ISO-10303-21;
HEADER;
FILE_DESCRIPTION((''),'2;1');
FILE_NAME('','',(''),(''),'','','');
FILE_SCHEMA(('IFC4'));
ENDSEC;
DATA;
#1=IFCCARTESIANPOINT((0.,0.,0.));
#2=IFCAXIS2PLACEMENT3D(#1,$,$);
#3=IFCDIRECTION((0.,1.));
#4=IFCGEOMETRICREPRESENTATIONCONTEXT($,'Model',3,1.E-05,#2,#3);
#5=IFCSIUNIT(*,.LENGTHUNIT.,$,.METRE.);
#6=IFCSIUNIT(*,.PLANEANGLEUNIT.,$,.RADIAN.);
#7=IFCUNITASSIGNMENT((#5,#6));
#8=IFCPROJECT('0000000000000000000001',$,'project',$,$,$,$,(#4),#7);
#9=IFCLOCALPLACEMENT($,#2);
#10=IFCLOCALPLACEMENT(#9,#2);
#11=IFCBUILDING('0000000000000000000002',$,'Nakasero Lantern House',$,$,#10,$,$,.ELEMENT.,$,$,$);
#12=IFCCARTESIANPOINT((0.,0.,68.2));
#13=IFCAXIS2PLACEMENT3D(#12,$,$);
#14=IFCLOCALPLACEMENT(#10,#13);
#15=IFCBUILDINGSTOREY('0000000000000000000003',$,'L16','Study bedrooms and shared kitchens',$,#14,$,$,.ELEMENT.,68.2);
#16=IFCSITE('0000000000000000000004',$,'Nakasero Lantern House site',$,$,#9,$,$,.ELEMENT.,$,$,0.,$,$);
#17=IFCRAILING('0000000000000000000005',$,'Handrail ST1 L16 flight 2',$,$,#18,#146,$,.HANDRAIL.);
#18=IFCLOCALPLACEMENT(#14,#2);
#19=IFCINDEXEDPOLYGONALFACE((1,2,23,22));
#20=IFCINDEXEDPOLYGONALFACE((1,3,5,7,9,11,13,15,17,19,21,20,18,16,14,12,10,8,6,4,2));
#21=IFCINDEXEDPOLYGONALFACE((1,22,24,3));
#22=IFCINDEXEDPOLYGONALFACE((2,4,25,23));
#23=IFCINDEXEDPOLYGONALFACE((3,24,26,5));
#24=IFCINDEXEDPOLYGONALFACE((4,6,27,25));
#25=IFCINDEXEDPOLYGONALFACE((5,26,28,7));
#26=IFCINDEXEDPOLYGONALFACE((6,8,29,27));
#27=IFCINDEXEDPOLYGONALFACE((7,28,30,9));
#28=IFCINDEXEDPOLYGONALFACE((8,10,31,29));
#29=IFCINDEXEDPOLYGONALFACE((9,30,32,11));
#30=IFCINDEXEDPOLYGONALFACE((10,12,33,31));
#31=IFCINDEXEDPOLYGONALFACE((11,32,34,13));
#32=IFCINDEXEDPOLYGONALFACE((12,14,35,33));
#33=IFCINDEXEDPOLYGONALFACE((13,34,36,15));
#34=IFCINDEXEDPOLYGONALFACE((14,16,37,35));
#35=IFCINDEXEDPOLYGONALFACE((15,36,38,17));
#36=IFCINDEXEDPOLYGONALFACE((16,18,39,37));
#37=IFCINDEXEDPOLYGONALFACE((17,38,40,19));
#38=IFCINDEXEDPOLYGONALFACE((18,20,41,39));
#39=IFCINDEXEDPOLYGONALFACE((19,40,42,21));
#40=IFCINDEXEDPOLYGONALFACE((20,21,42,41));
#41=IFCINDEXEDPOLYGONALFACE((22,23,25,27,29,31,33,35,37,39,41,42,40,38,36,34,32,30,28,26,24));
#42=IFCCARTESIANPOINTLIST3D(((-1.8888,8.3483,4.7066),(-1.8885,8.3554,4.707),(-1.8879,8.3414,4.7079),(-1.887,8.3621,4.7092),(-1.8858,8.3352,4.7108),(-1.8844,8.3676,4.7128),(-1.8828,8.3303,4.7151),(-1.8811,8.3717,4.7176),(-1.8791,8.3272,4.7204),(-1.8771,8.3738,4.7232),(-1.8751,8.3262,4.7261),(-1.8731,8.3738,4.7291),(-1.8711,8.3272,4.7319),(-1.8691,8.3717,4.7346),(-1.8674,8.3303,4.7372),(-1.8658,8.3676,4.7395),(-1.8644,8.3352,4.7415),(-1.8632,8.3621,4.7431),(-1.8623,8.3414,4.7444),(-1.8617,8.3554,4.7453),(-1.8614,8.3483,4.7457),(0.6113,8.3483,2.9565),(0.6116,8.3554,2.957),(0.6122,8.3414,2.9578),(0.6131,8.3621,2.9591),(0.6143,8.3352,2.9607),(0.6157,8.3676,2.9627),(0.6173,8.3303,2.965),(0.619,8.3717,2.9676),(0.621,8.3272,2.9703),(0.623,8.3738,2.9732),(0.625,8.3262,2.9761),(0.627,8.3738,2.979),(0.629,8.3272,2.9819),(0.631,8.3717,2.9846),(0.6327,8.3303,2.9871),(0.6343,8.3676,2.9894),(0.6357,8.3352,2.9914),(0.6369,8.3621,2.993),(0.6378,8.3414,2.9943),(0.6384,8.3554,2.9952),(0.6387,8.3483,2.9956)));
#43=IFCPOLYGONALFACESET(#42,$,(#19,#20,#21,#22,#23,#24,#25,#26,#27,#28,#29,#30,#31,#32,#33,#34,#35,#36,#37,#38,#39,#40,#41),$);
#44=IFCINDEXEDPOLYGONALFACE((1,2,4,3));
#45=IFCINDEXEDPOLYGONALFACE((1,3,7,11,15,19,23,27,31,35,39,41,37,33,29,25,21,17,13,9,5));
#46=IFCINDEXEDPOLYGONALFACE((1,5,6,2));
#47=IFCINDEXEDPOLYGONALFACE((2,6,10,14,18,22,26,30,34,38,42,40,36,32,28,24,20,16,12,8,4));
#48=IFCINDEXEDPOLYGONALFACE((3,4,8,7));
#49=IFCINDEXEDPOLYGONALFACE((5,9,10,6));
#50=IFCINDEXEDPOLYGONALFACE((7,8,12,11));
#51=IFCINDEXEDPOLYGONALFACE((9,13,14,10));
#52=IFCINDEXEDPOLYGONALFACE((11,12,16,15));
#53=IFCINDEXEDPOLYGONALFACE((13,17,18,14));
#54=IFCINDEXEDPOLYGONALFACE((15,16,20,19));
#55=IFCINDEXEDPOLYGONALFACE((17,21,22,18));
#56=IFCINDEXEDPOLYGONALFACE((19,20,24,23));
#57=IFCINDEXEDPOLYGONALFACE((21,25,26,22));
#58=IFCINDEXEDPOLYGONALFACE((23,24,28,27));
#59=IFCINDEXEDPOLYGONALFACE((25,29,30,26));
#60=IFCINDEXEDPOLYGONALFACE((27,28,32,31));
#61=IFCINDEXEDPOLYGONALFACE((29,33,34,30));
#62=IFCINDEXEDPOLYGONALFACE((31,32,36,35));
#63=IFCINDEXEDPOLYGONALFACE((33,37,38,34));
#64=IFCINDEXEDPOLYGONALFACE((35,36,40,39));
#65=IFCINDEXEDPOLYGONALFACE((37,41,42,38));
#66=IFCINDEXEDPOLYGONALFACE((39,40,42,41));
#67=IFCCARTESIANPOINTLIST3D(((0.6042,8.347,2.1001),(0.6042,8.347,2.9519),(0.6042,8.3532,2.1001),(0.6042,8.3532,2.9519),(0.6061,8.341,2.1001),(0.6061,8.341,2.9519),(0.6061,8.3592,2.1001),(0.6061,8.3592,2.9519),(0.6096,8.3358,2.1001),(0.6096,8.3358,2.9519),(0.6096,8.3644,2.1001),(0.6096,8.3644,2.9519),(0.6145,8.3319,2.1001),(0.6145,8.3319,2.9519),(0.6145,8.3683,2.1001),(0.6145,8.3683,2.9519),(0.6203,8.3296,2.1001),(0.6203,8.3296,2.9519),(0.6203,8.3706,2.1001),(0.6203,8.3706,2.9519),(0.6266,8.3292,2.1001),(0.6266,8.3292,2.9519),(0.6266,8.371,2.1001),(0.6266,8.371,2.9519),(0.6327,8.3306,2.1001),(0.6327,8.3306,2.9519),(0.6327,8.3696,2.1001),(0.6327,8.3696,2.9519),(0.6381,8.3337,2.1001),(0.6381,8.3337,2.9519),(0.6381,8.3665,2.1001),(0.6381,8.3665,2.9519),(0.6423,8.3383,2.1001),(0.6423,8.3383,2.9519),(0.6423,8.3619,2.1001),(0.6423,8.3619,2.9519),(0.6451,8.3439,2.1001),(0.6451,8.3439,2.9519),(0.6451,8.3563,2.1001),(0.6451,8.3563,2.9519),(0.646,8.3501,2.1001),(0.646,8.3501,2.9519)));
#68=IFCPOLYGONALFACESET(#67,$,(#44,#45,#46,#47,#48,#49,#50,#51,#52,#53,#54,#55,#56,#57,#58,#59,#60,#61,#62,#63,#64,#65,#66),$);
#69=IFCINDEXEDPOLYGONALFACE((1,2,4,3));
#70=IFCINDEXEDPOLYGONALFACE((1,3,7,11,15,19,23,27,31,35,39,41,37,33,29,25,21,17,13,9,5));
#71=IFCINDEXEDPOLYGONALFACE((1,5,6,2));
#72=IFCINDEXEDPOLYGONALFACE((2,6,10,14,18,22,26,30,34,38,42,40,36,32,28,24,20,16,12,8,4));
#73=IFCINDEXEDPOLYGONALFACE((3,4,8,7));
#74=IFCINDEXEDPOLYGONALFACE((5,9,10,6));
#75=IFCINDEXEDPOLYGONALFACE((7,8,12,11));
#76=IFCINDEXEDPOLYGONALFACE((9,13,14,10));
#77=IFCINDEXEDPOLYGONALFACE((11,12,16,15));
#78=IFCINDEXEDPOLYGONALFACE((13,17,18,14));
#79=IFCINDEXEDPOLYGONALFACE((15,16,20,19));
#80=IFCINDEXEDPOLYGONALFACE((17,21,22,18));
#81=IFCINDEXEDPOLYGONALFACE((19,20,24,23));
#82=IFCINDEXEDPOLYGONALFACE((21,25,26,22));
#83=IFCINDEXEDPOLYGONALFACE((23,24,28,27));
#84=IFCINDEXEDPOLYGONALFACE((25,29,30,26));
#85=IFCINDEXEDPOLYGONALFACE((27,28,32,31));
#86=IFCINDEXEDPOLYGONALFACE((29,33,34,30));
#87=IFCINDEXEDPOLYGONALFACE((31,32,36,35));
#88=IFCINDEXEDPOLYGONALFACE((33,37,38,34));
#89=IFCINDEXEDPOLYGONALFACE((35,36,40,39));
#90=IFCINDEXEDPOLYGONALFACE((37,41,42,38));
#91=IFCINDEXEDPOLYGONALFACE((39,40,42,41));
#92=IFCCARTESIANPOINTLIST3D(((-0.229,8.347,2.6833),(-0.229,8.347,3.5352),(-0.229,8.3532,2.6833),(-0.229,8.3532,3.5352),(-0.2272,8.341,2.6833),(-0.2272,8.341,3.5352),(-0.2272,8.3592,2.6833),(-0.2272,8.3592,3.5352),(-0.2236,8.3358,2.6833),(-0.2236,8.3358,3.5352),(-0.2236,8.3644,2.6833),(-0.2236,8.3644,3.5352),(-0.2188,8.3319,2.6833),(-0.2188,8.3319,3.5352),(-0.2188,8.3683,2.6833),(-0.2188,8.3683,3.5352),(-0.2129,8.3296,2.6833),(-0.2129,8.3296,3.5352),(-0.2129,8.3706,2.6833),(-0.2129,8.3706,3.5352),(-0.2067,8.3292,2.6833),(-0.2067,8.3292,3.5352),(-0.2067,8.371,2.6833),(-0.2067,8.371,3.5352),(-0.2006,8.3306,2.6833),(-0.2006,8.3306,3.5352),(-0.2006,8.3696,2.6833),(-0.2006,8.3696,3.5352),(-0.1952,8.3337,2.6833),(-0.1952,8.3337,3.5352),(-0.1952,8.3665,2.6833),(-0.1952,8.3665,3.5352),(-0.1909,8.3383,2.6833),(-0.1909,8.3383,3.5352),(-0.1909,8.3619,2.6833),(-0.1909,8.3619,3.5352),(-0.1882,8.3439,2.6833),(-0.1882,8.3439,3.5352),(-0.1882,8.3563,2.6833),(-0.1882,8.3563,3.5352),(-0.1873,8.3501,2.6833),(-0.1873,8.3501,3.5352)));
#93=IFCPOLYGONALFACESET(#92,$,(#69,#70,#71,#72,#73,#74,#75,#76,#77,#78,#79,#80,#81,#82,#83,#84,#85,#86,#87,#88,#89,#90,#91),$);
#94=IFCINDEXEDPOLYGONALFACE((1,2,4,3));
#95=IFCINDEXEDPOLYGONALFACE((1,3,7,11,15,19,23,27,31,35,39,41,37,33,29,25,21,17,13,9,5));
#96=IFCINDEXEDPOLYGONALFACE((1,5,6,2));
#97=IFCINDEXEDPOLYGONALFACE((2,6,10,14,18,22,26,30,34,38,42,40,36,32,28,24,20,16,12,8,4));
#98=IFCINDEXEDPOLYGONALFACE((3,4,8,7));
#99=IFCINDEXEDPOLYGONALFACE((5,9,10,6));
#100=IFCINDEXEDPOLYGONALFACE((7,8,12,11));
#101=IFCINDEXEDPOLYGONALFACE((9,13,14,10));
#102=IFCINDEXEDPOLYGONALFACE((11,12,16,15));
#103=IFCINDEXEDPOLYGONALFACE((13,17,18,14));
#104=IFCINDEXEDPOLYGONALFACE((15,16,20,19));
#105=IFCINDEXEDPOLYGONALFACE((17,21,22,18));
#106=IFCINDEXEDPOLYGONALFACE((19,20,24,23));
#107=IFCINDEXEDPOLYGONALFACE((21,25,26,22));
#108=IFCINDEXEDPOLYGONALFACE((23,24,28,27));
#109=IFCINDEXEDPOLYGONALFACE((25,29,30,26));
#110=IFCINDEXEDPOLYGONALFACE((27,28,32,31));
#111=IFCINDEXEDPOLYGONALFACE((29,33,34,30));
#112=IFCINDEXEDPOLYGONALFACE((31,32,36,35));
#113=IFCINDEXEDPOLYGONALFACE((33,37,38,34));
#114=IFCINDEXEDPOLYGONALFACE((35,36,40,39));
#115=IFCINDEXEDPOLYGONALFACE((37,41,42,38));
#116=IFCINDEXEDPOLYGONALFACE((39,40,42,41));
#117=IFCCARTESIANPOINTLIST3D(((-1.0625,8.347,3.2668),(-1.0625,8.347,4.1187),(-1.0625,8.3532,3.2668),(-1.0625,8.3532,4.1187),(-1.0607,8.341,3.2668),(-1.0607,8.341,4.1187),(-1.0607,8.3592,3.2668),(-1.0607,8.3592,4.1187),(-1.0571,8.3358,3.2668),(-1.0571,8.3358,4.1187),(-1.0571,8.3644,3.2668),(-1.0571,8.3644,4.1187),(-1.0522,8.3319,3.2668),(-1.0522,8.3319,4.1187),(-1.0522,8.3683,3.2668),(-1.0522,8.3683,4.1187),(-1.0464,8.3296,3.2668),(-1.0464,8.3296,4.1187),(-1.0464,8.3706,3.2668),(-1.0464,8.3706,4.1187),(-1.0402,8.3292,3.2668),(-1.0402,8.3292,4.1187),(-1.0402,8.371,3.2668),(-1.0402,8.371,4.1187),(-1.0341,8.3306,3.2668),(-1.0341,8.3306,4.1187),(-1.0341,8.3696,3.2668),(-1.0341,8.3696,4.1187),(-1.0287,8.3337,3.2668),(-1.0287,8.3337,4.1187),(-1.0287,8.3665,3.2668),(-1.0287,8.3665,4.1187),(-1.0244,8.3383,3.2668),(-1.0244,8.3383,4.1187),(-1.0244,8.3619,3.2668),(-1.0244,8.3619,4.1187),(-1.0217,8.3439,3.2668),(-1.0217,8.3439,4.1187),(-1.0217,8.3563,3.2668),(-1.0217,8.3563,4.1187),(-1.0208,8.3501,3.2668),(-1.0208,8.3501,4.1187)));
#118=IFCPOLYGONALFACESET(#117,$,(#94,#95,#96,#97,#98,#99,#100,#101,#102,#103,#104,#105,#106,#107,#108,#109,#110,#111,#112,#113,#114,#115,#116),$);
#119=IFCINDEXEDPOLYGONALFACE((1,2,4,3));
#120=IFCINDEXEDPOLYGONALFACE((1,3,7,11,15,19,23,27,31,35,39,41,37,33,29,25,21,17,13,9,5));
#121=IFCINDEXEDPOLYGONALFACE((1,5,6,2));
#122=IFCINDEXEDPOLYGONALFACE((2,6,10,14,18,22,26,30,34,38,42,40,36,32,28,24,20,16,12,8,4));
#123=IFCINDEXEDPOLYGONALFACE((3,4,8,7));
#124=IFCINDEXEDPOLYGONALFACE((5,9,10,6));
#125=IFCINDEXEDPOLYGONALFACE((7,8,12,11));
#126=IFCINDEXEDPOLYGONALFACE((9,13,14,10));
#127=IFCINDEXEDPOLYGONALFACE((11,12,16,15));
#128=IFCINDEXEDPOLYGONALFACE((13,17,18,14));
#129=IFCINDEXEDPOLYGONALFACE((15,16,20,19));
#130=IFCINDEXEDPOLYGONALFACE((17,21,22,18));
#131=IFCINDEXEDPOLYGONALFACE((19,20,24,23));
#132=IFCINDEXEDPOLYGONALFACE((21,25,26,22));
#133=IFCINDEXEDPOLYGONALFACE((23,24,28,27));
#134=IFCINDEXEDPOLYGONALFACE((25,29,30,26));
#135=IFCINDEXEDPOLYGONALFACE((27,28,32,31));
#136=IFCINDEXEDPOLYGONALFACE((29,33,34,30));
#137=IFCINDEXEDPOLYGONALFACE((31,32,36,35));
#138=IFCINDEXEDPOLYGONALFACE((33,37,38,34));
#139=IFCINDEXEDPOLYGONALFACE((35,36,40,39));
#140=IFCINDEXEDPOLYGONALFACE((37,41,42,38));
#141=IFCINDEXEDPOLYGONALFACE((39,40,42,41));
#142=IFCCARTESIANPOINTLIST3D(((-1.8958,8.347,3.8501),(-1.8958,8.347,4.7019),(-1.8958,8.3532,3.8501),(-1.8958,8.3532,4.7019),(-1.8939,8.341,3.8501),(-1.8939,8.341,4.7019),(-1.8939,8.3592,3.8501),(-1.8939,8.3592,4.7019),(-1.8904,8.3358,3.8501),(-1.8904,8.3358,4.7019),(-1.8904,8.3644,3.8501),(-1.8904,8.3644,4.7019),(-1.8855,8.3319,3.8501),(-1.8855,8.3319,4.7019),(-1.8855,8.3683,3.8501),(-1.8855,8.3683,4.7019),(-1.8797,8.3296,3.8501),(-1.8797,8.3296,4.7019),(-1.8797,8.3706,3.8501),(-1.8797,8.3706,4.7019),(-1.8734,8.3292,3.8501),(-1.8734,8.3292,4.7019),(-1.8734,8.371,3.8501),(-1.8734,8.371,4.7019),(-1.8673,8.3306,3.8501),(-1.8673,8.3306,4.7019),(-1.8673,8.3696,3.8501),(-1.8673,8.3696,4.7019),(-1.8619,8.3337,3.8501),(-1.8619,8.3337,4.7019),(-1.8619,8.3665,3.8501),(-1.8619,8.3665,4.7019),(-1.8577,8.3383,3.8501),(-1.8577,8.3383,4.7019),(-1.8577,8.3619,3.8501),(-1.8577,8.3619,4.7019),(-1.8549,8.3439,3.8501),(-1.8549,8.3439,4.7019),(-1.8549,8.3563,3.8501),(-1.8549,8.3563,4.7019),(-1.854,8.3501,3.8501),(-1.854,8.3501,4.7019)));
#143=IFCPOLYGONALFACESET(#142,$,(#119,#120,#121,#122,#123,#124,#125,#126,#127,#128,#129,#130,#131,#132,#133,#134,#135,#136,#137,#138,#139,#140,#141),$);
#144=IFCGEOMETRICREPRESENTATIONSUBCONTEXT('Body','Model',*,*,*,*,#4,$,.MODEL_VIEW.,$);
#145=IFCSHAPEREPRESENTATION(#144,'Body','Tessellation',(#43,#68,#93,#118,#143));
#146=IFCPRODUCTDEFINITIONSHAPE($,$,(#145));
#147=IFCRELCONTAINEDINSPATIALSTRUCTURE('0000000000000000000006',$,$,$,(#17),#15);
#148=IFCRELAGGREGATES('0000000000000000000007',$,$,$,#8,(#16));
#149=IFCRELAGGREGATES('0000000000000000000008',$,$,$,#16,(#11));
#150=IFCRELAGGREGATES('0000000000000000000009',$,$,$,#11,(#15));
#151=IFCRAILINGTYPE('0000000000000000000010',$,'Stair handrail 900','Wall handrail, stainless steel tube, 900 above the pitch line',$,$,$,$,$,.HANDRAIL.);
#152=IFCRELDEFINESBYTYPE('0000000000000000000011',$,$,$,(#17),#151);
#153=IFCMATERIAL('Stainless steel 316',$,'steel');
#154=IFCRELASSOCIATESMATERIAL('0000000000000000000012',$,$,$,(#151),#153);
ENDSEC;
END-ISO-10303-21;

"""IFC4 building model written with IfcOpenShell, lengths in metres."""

from ifc_helpers import new_model, si_unit, direction, frame, origin, origin_2d, place, context, subcontext, project, spatial, circle, extrude, material, type_object, element, save


model = new_model("IFC4")

# Units and contexts
model_context = context("Model", 3, precision=1e-05, world=origin(), true_north=direction((0.0, 1.0)))
body_context = subcontext(model_context, "Body", "Model", "MODEL_VIEW")
ifc_project = project(units=[si_unit("LENGTHUNIT", "METRE"), si_unit("PLANEANGLEUNIT", "RADIAN")], contexts=[model_context])

# Site, building, storey
site_placement = place(None, origin())
site = spatial("IfcSite", under=ifc_project, at=site_placement, Name="Nakasero Lantern House site", CompositionType="ELEMENT", RefElevation=0.0)
building_placement = place(site_placement, origin())
building = spatial("IfcBuilding", under=site, at=building_placement, Name="Nakasero Lantern House", CompositionType="ELEMENT")
storey_placement = place(building_placement, frame((0.0, 0.0, 68.2)))
storey = spatial("IfcBuildingStorey", under=building, at=storey_placement, Name="L16", Description="Study bedrooms and shared kitchens", CompositionType="ELEMENT", Elevation=68.2)

# Railing
ifc_material_1 = material(Name="Stainless steel 316", Category="steel")
railing_type = type_object("IfcRailingType", Name="Stair handrail 900", Description="Wall handrail, stainless steel tube, 900 above the pitch line", PredefinedType="HANDRAIL", material=ifc_material_1)
railing_placement = place(storey_placement, frame((0.625, 8.3501, 2.1001)))
element("IfcRailing", 1, at=railing_placement, inside=storey, type_object=railing_type, Name="Handrail ST1 L16 flight 2", PredefinedType="HANDRAIL", context=body_context, shape_type="SweptSolid", body=[
    extrude(circle(Radius=0.0239, at=origin_2d()), frame((0.0, 0.0, 0.876), z_axis=(-0.819232, 0.0, 0.573462), x_axis=(0.0, -1.0, 0.0)), (0.0, 0.0, 1.0), 3.0518),
    extrude(circle(Radius=0.021, at=origin_2d()), origin(), (0.0, 0.0, 1.0), 0.8518),
    extrude(circle(Radius=0.021, at=origin_2d()), frame((-0.8333, 0.0, 0.5833)), (0.0, 0.0, 1.0), 0.8518),
    extrude(circle(Radius=0.021, at=origin_2d()), frame((-1.6667, 0.0, 1.1667)), (0.0, 0.0, 1.0), 0.8518),
    extrude(circle(Radius=0.021, at=origin_2d()), frame((-2.5, 0.0, 1.75)), (0.0, 0.0, 1.0), 0.8518),
])

save(model, "model.ifc")
